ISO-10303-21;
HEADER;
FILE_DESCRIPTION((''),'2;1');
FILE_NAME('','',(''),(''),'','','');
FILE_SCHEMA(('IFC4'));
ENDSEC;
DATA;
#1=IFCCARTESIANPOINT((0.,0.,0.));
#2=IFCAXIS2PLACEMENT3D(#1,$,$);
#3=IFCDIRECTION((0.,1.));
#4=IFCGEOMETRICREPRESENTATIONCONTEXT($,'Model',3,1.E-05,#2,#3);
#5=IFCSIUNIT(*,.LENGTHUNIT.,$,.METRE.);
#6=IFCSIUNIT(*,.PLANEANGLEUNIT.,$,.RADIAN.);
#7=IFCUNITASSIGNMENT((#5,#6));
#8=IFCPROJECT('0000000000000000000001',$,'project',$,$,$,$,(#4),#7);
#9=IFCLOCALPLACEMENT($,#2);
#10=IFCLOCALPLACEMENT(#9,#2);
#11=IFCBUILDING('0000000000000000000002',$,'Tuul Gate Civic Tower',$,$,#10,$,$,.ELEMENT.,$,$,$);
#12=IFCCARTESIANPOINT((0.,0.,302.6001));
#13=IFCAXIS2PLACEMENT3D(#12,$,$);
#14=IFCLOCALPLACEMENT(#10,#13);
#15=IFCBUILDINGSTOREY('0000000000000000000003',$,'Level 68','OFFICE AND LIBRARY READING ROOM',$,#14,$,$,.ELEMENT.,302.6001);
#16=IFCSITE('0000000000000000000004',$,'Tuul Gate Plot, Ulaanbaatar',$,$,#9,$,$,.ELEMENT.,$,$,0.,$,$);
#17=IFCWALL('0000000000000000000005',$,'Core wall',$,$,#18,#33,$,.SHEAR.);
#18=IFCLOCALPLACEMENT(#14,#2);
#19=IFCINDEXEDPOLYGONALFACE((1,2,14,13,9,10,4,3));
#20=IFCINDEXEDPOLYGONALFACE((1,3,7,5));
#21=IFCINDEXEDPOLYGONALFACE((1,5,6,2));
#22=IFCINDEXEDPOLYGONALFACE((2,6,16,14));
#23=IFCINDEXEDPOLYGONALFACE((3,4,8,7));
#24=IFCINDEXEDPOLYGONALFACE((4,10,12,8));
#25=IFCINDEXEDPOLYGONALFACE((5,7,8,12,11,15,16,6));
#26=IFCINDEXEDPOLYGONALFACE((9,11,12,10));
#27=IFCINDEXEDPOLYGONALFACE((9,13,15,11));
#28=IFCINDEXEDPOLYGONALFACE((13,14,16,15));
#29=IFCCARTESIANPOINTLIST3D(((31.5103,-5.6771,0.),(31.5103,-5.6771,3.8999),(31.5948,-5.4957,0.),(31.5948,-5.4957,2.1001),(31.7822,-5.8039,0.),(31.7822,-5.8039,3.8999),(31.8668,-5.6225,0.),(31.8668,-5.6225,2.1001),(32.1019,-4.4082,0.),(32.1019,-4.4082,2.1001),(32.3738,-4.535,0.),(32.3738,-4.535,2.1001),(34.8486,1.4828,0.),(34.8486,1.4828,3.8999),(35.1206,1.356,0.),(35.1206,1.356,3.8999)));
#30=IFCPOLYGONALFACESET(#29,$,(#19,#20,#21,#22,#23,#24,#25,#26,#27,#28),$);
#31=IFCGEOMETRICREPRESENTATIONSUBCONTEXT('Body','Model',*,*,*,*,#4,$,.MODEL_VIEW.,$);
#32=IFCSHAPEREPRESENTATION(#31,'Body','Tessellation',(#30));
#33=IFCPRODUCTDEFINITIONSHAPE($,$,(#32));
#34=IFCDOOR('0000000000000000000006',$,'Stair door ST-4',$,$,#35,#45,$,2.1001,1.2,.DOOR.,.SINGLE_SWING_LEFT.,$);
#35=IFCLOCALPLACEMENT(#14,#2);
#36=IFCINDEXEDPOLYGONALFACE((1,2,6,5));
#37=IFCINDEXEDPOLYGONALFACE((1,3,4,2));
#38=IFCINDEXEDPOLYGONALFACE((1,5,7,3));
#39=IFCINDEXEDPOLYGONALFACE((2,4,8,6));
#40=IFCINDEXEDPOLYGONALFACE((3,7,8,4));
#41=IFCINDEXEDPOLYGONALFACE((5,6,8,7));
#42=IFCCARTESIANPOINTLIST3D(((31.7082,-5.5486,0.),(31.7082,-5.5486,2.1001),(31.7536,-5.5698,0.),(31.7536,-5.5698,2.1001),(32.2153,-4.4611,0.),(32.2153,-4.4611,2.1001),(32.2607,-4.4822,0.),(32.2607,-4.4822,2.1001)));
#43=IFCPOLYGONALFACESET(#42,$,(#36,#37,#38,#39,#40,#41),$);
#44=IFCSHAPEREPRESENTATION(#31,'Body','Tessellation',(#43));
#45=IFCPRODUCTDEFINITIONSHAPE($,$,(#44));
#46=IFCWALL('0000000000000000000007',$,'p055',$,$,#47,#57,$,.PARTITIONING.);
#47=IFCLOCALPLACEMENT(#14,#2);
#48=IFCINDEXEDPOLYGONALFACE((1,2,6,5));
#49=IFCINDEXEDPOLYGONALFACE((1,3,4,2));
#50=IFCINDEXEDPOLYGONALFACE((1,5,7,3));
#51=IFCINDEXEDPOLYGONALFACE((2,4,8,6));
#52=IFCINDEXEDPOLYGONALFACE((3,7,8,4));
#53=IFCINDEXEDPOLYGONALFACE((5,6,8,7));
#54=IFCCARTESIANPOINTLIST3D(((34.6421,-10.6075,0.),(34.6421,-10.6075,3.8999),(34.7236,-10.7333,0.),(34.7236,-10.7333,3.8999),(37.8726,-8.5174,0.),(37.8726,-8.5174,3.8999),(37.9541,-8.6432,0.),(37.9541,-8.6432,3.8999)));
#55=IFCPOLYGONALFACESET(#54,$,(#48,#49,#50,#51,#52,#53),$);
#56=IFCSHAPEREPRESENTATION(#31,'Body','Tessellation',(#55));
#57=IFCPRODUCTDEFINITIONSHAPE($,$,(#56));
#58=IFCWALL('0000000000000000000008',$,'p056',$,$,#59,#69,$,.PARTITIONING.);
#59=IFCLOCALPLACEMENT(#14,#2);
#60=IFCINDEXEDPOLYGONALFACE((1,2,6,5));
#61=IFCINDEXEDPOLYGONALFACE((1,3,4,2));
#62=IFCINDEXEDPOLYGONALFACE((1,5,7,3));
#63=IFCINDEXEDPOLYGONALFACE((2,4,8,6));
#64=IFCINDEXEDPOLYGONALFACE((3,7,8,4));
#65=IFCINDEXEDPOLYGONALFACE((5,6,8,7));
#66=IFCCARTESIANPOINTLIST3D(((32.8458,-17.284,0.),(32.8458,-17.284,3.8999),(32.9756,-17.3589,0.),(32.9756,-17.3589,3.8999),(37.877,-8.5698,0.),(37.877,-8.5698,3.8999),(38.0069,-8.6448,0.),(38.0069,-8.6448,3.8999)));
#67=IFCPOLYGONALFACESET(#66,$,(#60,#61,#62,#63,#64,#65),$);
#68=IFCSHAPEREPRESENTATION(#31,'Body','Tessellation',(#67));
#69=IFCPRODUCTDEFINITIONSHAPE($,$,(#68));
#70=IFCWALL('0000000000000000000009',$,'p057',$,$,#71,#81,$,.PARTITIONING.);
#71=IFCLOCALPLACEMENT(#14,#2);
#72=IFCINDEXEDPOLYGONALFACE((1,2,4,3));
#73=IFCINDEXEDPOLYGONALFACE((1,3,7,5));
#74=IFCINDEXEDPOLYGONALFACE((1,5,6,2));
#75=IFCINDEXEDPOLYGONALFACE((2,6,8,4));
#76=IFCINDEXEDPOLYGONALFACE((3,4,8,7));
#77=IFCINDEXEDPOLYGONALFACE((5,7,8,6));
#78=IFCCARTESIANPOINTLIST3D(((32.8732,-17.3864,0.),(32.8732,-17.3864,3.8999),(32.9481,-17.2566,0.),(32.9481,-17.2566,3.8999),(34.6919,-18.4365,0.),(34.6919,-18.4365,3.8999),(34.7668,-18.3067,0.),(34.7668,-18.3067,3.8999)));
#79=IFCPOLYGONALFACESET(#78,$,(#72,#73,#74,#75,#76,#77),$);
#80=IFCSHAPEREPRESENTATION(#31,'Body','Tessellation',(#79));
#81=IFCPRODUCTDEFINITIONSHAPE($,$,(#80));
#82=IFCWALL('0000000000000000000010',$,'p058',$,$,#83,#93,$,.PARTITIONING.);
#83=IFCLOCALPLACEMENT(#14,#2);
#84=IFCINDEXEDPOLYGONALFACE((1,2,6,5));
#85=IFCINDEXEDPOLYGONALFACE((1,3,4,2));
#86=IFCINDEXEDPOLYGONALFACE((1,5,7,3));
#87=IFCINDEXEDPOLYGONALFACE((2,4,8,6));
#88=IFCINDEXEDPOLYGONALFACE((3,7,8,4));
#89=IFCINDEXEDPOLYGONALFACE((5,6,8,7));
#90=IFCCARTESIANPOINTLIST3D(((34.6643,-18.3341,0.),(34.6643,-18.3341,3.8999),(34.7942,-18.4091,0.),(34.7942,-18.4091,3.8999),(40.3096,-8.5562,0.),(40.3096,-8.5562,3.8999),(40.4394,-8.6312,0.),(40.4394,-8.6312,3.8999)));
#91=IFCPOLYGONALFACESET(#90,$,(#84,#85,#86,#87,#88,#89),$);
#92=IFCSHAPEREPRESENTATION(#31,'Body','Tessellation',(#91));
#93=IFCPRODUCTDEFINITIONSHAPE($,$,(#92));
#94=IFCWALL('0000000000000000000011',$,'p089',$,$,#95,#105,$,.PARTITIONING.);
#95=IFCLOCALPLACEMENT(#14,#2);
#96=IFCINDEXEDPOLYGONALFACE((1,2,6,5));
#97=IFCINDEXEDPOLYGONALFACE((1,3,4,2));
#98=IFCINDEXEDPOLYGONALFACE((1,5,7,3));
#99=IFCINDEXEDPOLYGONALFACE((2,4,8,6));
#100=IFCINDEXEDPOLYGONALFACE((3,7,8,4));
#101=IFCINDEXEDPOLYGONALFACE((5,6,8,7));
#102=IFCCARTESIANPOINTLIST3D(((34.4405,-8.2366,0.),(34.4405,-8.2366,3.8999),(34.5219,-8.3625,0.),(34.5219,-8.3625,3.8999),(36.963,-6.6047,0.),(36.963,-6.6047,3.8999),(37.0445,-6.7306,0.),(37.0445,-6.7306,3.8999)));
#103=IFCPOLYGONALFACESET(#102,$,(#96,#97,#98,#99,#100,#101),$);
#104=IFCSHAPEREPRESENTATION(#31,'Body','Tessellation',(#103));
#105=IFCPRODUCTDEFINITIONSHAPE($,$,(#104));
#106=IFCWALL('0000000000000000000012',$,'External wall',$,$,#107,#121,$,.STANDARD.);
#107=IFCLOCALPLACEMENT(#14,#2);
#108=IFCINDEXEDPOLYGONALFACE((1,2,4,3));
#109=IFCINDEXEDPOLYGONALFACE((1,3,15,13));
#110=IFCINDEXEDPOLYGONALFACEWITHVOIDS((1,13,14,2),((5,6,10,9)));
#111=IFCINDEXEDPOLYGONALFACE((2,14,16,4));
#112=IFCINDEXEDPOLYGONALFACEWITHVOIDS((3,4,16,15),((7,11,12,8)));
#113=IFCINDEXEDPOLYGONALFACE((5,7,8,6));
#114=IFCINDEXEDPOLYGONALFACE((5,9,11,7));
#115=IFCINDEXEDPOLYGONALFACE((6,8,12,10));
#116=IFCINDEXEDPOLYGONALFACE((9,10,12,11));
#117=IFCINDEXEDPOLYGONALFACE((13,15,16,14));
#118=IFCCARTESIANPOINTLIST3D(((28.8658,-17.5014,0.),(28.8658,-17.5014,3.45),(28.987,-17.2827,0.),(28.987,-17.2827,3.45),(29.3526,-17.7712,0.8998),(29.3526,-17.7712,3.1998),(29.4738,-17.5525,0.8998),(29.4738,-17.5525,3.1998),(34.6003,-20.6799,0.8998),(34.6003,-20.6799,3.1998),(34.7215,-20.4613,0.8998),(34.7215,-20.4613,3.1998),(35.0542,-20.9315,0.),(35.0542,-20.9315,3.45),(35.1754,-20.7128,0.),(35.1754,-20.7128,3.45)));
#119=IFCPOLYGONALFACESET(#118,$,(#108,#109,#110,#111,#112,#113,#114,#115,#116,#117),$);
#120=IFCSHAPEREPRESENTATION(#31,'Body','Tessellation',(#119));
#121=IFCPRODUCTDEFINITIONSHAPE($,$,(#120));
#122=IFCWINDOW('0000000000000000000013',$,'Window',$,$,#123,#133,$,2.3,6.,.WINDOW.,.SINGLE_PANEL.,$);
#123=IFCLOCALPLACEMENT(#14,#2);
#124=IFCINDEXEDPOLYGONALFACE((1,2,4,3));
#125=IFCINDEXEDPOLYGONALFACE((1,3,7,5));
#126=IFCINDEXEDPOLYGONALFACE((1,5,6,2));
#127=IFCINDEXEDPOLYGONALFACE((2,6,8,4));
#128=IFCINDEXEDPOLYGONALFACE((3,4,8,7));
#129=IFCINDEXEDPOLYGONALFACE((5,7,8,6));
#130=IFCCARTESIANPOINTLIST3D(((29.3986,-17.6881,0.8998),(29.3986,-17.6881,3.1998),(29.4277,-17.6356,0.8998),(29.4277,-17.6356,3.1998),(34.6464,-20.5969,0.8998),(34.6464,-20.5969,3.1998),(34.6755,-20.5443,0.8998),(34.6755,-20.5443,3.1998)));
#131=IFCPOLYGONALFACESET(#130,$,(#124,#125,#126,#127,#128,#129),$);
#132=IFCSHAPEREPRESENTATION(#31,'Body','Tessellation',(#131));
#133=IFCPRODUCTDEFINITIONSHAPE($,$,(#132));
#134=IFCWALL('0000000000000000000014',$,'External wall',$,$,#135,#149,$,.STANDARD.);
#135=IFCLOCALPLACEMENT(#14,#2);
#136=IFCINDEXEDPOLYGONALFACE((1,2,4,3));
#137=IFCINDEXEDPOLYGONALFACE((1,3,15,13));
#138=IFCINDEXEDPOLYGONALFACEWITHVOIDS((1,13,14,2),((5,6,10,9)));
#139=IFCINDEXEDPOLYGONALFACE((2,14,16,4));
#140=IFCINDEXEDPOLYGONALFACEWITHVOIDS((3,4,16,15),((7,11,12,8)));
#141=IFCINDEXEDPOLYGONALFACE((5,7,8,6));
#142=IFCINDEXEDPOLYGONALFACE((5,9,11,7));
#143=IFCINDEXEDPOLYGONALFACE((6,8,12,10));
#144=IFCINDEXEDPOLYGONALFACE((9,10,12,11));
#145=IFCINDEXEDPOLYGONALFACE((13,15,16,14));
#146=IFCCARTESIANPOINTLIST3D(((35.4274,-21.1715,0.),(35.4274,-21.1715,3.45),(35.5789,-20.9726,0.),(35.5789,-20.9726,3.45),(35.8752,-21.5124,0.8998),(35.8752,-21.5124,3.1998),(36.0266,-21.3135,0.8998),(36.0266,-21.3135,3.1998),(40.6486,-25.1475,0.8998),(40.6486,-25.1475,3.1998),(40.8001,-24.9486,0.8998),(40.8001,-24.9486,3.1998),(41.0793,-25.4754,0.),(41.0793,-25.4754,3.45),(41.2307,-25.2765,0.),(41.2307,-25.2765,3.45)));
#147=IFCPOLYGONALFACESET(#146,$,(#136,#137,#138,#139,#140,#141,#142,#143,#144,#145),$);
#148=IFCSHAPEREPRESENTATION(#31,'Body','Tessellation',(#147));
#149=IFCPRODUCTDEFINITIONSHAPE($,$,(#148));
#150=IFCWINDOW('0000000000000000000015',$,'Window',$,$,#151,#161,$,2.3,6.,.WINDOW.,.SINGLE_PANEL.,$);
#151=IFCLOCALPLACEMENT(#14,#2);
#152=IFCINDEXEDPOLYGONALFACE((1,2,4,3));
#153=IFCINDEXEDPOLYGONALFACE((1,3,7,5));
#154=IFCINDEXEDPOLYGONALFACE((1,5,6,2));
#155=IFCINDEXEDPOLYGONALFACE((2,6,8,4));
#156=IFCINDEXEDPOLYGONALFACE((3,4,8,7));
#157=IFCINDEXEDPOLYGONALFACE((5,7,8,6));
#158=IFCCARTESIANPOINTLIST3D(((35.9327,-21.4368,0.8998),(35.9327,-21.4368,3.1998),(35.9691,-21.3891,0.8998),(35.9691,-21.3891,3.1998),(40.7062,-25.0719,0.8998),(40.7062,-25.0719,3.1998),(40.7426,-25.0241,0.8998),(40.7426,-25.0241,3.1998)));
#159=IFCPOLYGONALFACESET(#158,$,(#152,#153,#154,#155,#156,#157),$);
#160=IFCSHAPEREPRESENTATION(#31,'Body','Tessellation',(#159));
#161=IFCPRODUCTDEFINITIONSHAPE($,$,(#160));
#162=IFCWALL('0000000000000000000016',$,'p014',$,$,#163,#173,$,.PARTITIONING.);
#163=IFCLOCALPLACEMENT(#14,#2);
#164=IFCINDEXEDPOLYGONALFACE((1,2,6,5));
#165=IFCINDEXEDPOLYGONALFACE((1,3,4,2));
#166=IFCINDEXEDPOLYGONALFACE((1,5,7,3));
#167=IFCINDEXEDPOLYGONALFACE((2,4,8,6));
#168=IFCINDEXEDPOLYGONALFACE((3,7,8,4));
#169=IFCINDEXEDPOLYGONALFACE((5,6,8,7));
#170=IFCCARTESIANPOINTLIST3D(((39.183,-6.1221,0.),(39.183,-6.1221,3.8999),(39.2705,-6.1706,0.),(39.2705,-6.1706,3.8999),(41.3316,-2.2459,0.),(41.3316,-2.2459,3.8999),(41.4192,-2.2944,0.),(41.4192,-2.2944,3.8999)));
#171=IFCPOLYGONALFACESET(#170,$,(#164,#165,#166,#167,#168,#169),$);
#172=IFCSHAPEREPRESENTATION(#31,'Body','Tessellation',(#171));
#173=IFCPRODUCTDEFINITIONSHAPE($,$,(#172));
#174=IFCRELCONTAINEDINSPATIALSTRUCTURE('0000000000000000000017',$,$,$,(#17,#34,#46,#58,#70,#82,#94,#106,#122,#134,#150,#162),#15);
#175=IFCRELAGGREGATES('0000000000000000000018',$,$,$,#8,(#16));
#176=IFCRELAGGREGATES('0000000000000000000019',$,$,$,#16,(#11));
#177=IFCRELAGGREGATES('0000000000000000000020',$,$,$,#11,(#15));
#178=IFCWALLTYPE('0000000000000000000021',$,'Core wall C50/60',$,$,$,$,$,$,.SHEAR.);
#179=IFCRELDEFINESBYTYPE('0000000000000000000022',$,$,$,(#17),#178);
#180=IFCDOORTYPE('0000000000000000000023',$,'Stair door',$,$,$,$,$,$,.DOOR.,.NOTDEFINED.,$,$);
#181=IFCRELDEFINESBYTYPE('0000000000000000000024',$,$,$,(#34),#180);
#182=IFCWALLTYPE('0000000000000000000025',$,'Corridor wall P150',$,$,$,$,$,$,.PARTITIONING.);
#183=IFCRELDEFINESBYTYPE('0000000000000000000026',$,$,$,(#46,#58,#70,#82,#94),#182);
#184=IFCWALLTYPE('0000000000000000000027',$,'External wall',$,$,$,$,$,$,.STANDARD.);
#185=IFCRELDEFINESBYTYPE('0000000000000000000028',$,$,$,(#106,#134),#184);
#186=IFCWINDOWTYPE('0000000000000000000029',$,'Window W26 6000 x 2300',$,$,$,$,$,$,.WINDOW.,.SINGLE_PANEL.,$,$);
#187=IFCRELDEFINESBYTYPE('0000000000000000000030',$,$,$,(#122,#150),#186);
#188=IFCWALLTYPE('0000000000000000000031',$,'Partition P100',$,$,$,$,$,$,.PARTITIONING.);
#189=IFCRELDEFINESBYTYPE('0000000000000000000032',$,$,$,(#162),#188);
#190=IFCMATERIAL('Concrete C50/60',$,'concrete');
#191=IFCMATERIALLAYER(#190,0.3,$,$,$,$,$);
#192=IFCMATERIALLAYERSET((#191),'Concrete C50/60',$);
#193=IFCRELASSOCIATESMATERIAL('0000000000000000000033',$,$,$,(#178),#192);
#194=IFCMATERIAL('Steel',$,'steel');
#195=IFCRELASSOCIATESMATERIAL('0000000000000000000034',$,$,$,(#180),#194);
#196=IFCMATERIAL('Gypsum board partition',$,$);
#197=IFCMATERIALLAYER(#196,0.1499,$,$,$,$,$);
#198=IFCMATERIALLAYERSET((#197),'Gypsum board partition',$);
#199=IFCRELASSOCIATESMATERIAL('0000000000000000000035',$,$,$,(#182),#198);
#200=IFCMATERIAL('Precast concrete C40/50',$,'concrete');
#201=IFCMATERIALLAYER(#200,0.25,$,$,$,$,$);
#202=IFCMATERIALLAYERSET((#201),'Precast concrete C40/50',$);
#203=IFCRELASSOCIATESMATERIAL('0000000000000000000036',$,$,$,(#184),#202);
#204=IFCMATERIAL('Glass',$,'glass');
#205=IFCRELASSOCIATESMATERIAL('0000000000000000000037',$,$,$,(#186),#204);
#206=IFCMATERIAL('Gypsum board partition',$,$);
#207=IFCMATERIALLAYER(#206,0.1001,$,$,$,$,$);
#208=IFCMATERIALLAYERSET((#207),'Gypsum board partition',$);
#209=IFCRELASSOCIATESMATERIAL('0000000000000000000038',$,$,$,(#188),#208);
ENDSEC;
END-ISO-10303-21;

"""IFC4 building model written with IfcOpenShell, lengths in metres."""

from ifc_helpers import new_model, si_unit, direction, frame, frame_2d, origin, place, context, subcontext, project, spatial, rectangle, extrude, material, layer, layer_set, type_object, element, fill, save


model = new_model("IFC4")

# Units and contexts
model_context = context("Model", 3, precision=1e-05, world=origin(), true_north=direction((0.0, 1.0)))
body_context = subcontext(model_context, "Body", "Model", "MODEL_VIEW")
ifc_project = project(units=[si_unit("LENGTHUNIT", "METRE"), si_unit("PLANEANGLEUNIT", "RADIAN")], contexts=[model_context])

# Site, building, storey
site_placement = place(None, origin())
site = spatial("IfcSite", under=ifc_project, at=site_placement, Name="Tuul Gate Plot, Ulaanbaatar", CompositionType="ELEMENT", RefElevation=0.0)
building_placement = place(site_placement, origin())
building = spatial("IfcBuilding", under=site, at=building_placement, Name="Tuul Gate Civic Tower", CompositionType="ELEMENT")
storey_placement = place(building_placement, frame((0.0, 0.0, 302.6001)))
storey = spatial("IfcBuildingStorey", under=building, at=storey_placement, Name="Level 68", Description="OFFICE AND LIBRARY READING ROOM", CompositionType="ELEMENT", Elevation=302.6001)

# Shared definitions
ifc_material_1 = material(Name="Concrete C50/60", Category="concrete")
ifc_layer_1 = layer(ifc_material_1, 0.3)
ifc_layer_set_1 = layer_set([ifc_layer_1], Name="Concrete C50/60")
wall_type_1 = type_object("IfcWallType", Name="Core wall C50/60", PredefinedType="SHEAR", material=ifc_layer_set_1)

# Wall, opening, door
wall_1_placement = place(storey_placement, frame((31.6462, -5.7405, 0.0), z_axis=(0.0, 0.0, 1.0), x_axis=(0.422583, 0.906324, 0.0)))
wall_1 = element("IfcWall", 1, at=wall_1_placement, inside=storey, type_object=wall_type_1, Name="Core wall", PredefinedType="SHEAR", context=body_context, shape_type="SweptSolid", body=[
    extrude(rectangle(XDim=7.8999, YDim=0.3, at=frame_2d((3.95, 0.0))), origin(), (0.0, 0.0, 1.0), 3.8999),
])
opening_1_placement = place(wall_1_placement, frame((0.2, 0.0, 0.0)))
opening_1 = element("IfcOpeningElement", 2, at=opening_1_placement, cuts=wall_1, PredefinedType="OPENING", context=body_context, shape_type="SweptSolid", body=[
    extrude(rectangle(XDim=1.2, YDim=2.1001, at=frame_2d((0.6001, 1.05))), frame((0.0, 0.1602, 0.0), z_axis=(0.0, -1.0, 0.0), x_axis=(1.0, 0.0, 0.0)), (0.0, 0.0, 1.0), 0.3201),
])
ifc_material_2 = material(Name="Steel", Category="steel")
door_type_1 = type_object("IfcDoorType", Name="Stair door", OperationType="NOTDEFINED", PredefinedType="DOOR", material=ifc_material_2)
door_1_placement = place(opening_1_placement, origin())
door_1 = element("IfcDoor", 3, at=door_1_placement, inside=storey, type_object=door_type_1, Name="Stair door ST-4", OperationType="SINGLE_SWING_LEFT", OverallHeight=2.1001, OverallWidth=1.2, PredefinedType="DOOR", context=body_context, shape_type="SweptSolid", body=[
    extrude(rectangle(XDim=1.2, YDim=2.1001, at=frame_2d((0.6001, 1.05))), frame((0.0, 0.0249, 0.0), z_axis=(0.0, -1.0, 0.0), x_axis=(1.0, 0.0, 0.0)), (0.0, 0.0, 1.0), 0.05),
])
fill(opening_1, door_1)

# Walls
ifc_material_3 = material(Name="Gypsum board partition")
ifc_layer_2 = layer(ifc_material_3, 0.1499)
ifc_layer_set_2 = layer_set([ifc_layer_2], Name="Gypsum board partition")
wall_type_2 = type_object("IfcWallType", Name="Corridor wall P150", PredefinedType="PARTITIONING", material=ifc_layer_set_2)
wall_2_placement = place(storey_placement, frame((34.6829, -10.6704, 0.0), z_axis=(0.0, 0.0, 1.0), x_axis=(0.839596, 0.543212, 0.0)))
element("IfcWall", 4, at=wall_2_placement, inside=storey, type_object=wall_type_2, Name="p055", PredefinedType="PARTITIONING", context=body_context, shape_type="SweptSolid", body=[
    extrude(rectangle(XDim=3.8477, YDim=0.1499, at=frame_2d((1.9238, 0.0))), origin(), (0.0, 0.0, 1.0), 3.8999),
])
wall_3_placement = place(storey_placement, frame((32.9106, -17.3215, 0.0), z_axis=(0.0, 0.0, 1.0), x_axis=(0.500012, 0.866019, 0.0)))
element("IfcWall", 5, at=wall_3_placement, inside=storey, type_object=wall_type_2, Name="p056", PredefinedType="PARTITIONING", context=body_context, shape_type="SweptSolid", body=[
    extrude(rectangle(XDim=10.0623, YDim=0.1499, at=frame_2d((5.0312, 0.0))), origin(), (0.0, 0.0, 1.0), 3.8999),
])
wall_4_placement = place(storey_placement, frame((32.9106, -17.3215, 0.0), z_axis=(0.0, 0.0, 1.0), x_axis=(0.866009, -0.500028, 0.0)))
element("IfcWall", 6, at=wall_4_placement, inside=storey, type_object=wall_type_2, Name="p057", PredefinedType="PARTITIONING", context=body_context, shape_type="SweptSolid", body=[
    extrude(rectangle(XDim=2.1001, YDim=0.1499, at=frame_2d((1.05, 0.0))), origin(), (0.0, 0.0, 1.0), 3.8999),
])
wall_5_placement = place(storey_placement, frame((34.7292, -18.3716, 0.0), z_axis=(0.0, 0.0, 1.0), x_axis=(0.500002, 0.866024, 0.0)))
element("IfcWall", 7, at=wall_5_placement, inside=storey, type_object=wall_type_2, Name="p058", PredefinedType="PARTITIONING", context=body_context, shape_type="SweptSolid", body=[
    extrude(rectangle(XDim=11.2905, YDim=0.1499, at=frame_2d((5.6453, 0.0))), origin(), (0.0, 0.0, 1.0), 3.8999),
])
wall_6_placement = place(storey_placement, frame((34.4812, -8.2996, 0.0), z_axis=(0.0, 0.0, 1.0), x_axis=(0.839622, 0.54317, 0.0)))
element("IfcWall", 8, at=wall_6_placement, inside=storey, type_object=wall_type_2, Name="p089", PredefinedType="PARTITIONING", context=body_context, shape_type="SweptSolid", body=[
    extrude(rectangle(XDim=3.0044, YDim=0.1499, at=frame_2d((1.5022, 0.0))), origin(), (0.0, 0.0, 1.0), 3.8999),
])

# Walls, openings, windows
ifc_material_4 = material(Name="Precast concrete C40/50", Category="concrete")
ifc_layer_3 = layer(ifc_material_4, 0.25)
ifc_layer_set_3 = layer_set([ifc_layer_3], Name="Precast concrete C40/50")
wall_type_3 = type_object("IfcWallType", Name="External wall", PredefinedType="STANDARD", material=ifc_layer_set_3)
wall_7_placement = place(storey_placement, frame((28.9265, -17.3921, 0.0), z_axis=(0.0, 0.0, 1.0), x_axis=(0.874629, -0.484793, 0.0)))
wall_7 = element("IfcWall", 9, at=wall_7_placement, inside=storey, type_object=wall_type_3, Name="External wall", PredefinedType="STANDARD", context=body_context, shape_type="SweptSolid", body=[
    extrude(rectangle(XDim=7.0754, YDim=0.25, at=frame_2d((3.5376, 0.0))), origin(), (0.0, 0.0, 1.0), 3.45),
])
opening_2_placement = place(wall_7_placement, frame((0.5564, 0.0, 0.8999)))
opening_2 = element("IfcOpeningElement", 10, at=opening_2_placement, cuts=wall_7, PredefinedType="OPENING", context=body_context, shape_type="SweptSolid", body=[
    extrude(rectangle(XDim=6.0, YDim=2.3, at=frame_2d((3.0, 1.1499))), frame((0.0, 0.135, 0.0), z_axis=(0.0, -1.0, 0.0), x_axis=(1.0, 0.0, 0.0)), (0.0, 0.0, 1.0), 0.27),
])
ifc_material_5 = material(Name="Glass", Category="glass")
window_type = type_object("IfcWindowType", Name="Window W26 6000 x 2300", PartitioningType="SINGLE_PANEL", PredefinedType="WINDOW", material=ifc_material_5)
window_1_placement = place(opening_2_placement, origin())
window_1 = element("IfcWindow", 11, at=window_1_placement, inside=storey, type_object=window_type, Name="Window", OverallHeight=2.3, OverallWidth=6.0, PartitioningType="SINGLE_PANEL", PredefinedType="WINDOW", context=body_context, shape_type="SweptSolid", body=[
    extrude(rectangle(XDim=6.0, YDim=2.3, at=frame_2d((3.0, 1.1499))), frame((0.0, 0.03, 0.0), z_axis=(0.0, -1.0, 0.0), x_axis=(1.0, 0.0, 0.0)), (0.0, 0.0, 1.0), 0.0601),
])
fill(opening_2, window_1)
wall_8_placement = place(storey_placement, frame((35.5032, -21.072, 0.0), z_axis=(0.0, 0.0, 1.0), x_axis=(0.795582, -0.605845, 0.0)))
wall_8 = element("IfcWall", 12, at=wall_8_placement, inside=storey, type_object=wall_type_3, Name="External wall", PredefinedType="STANDARD", context=body_context, shape_type="SweptSolid", body=[
    extrude(rectangle(XDim=7.104, YDim=0.25, at=frame_2d((3.552, 0.0))), origin(), (0.0, 0.0, 1.0), 3.45),
])
opening_3_placement = place(wall_8_placement, frame((0.5627, 0.0, 0.8999)))
opening_3 = element("IfcOpeningElement", 13, at=opening_3_placement, cuts=wall_8, PredefinedType="OPENING", context=body_context, shape_type="SweptSolid", body=[
    extrude(rectangle(XDim=6.0, YDim=2.3, at=frame_2d((3.0, 1.1499))), frame((0.0, 0.135, 0.0), z_axis=(0.0, -1.0, 0.0), x_axis=(1.0, 0.0, 0.0)), (0.0, 0.0, 1.0), 0.27),
])
window_2_placement = place(opening_3_placement, origin())
window_2 = element("IfcWindow", 14, at=window_2_placement, inside=storey, type_object=window_type, Name="Window", OverallHeight=2.3, OverallWidth=6.0, PartitioningType="SINGLE_PANEL", PredefinedType="WINDOW", context=body_context, shape_type="SweptSolid", body=[
    extrude(rectangle(XDim=6.0, YDim=2.3, at=frame_2d((3.0, 1.1499))), frame((0.0, 0.03, 0.0), z_axis=(0.0, -1.0, 0.0), x_axis=(1.0, 0.0, 0.0)), (0.0, 0.0, 1.0), 0.0601),
])
fill(opening_3, window_2)

# Wall
ifc_material_6 = material(Name="Gypsum board partition")
ifc_layer_4 = layer(ifc_material_6, 0.1001)
ifc_layer_set_4 = layer_set([ifc_layer_4], Name="Gypsum board partition")
wall_type_4 = type_object("IfcWallType", Name="Partition P100", PredefinedType="PARTITIONING", material=ifc_layer_set_4)
wall_9_placement = place(storey_placement, frame((39.2268, -6.1462, 0.0), z_axis=(0.0, 0.0, 1.0), x_axis=(0.48482, 0.874614, 0.0)))
element("IfcWall", 15, at=wall_9_placement, inside=storey, type_object=wall_type_4, Name="p014", PredefinedType="PARTITIONING", context=body_context, shape_type="SweptSolid", body=[
    extrude(rectangle(XDim=4.4319, YDim=0.1001, at=frame_2d((2.2158, 0.0))), origin(), (0.0, 0.0, 1.0), 3.8999),
])

save(model, "model.ifc")
